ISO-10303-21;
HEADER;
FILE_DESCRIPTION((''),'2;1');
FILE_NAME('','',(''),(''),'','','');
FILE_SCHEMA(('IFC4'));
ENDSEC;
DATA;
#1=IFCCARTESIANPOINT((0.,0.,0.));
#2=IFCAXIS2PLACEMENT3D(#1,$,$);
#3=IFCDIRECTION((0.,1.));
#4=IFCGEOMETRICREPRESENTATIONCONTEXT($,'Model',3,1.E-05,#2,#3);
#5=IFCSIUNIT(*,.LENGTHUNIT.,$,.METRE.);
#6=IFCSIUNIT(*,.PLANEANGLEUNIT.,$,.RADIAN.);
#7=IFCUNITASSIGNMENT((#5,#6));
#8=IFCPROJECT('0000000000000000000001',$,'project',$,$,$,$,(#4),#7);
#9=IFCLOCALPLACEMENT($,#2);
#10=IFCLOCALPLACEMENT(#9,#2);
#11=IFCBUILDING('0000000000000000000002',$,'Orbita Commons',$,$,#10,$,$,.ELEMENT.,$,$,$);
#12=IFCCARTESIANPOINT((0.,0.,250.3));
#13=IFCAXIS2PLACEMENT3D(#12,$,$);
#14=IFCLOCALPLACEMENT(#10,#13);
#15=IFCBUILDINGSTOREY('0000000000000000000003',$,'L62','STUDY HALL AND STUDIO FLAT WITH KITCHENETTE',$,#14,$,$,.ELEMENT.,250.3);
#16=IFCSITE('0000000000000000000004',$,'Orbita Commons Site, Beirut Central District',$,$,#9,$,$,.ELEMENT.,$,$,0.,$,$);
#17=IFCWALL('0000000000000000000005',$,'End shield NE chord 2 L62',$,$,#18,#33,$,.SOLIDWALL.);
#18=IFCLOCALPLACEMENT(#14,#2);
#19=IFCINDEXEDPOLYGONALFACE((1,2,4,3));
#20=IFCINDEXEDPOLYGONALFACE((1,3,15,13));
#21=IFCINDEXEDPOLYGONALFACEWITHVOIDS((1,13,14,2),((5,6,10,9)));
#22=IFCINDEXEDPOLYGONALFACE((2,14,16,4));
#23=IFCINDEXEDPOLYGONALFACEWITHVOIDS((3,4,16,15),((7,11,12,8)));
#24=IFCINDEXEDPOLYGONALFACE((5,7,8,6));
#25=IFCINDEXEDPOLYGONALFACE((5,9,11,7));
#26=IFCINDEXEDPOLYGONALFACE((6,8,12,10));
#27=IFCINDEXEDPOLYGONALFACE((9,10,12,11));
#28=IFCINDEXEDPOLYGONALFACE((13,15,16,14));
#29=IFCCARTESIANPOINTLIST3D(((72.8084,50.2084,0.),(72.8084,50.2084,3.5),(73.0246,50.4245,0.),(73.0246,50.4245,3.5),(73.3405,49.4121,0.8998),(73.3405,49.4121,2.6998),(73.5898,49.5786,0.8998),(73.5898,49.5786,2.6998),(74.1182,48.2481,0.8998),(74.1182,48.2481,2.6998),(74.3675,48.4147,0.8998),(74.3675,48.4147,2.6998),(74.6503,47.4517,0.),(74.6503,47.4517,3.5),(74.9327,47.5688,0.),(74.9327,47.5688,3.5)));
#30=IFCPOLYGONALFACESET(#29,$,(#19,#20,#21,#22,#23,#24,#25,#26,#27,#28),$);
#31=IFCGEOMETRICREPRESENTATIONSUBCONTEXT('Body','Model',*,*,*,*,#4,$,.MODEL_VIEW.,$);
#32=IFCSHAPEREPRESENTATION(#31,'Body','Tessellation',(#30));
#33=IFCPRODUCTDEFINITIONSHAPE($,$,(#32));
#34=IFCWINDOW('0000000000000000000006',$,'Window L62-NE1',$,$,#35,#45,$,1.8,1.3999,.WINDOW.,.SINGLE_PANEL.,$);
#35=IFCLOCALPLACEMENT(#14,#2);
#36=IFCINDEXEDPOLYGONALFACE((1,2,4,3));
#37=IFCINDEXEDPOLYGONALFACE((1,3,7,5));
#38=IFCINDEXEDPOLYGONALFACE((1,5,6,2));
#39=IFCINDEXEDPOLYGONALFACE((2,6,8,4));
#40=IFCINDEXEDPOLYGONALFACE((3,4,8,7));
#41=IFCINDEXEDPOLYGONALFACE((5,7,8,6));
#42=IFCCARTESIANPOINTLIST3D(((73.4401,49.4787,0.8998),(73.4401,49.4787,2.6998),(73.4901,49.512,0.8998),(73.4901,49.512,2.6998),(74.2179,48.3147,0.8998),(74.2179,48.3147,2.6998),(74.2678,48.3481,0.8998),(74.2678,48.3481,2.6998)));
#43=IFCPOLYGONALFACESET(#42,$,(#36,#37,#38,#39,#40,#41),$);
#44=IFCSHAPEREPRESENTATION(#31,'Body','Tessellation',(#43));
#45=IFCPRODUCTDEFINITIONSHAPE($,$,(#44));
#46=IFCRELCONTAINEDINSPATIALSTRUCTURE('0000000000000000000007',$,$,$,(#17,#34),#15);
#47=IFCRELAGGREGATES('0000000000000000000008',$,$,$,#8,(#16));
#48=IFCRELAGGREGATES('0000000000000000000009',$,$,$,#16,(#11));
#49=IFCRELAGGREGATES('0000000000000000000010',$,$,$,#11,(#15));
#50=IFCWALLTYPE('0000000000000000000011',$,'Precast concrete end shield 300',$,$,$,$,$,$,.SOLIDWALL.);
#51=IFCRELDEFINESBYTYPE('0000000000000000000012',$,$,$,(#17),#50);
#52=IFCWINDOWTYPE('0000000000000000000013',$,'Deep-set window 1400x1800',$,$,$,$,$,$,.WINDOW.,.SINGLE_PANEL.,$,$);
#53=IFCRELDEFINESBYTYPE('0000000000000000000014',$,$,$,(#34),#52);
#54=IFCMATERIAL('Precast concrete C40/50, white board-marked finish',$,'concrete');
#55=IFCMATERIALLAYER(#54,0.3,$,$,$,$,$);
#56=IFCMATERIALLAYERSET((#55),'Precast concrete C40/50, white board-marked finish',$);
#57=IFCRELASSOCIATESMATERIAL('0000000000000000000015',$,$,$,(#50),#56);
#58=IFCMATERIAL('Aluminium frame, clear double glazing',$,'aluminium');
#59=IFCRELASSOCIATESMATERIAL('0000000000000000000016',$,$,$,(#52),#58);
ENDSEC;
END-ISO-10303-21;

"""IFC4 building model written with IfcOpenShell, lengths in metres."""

from ifc_helpers import new_model, si_unit, direction, frame, frame_2d, origin, place, context, subcontext, project, spatial, polyline, rectangle, outline, extrude, material, layer, layer_set, type_object, element, fill, save


model = new_model("IFC4")

# Units and contexts
model_context = context("Model", 3, precision=1e-05, world=origin(), true_north=direction((0.0, 1.0)))
body_context = subcontext(model_context, "Body", "Model", "MODEL_VIEW")
ifc_project = project(units=[si_unit("LENGTHUNIT", "METRE"), si_unit("PLANEANGLEUNIT", "RADIAN")], contexts=[model_context])

# Site, building, storey
site_placement = place(None, origin())
site = spatial("IfcSite", under=ifc_project, at=site_placement, Name="Orbita Commons Site, Beirut Central District", CompositionType="ELEMENT", RefElevation=0.0)
building_placement = place(site_placement, origin())
building = spatial("IfcBuilding", under=site, at=building_placement, Name="Orbita Commons", CompositionType="ELEMENT")
storey_placement = place(building_placement, frame((0.0, 0.0, 250.3)))
storey = spatial("IfcBuildingStorey", under=building, at=storey_placement, Name="L62", Description="STUDY HALL AND STUDIO FLAT WITH KITCHENETTE", CompositionType="ELEMENT", Elevation=250.3)

# Wall, opening, window
ifc_material_1 = material(Name="Precast concrete C40/50, white board-marked finish", Category="concrete")
ifc_layer_1 = layer(ifc_material_1, 0.3)
ifc_layer_set_1 = layer_set([ifc_layer_1], Name="Precast concrete C40/50, white board-marked finish")
wall_type_1 = type_object("IfcWallType", Name="Precast concrete end shield 300", PredefinedType="SOLIDWALL", material=ifc_layer_set_1)
wall_1_placement = place(storey_placement, frame((74.7915, 47.5103, 0.0), z_axis=(0.0, 0.0, 1.0), x_axis=(-0.555568, 0.831471, 0.0)))
wall_1 = element("IfcWall", 1, at=wall_1_placement, inside=storey, type_object=wall_type_1, Name="End shield NE chord 2 L62", PredefinedType="SOLIDWALL", context=body_context, shape_type="SweptSolid", body=[
    extrude(outline(polyline([(-0.0298, -0.1499), (3.4048, -0.1499), (3.3452, 0.1499), (0.0298, 0.1499), (-0.0298, -0.1499)])), origin(), (0.0, 0.0, 1.0), 3.5),
])
opening_1_placement = place(wall_1_placement, frame((0.9875, 0.0, 0.8999)))
opening_1 = element("IfcOpeningElement", 2, at=opening_1_placement, cuts=wall_1, PredefinedType="OPENING", context=body_context, shape_type="SweptSolid", body=[
    extrude(rectangle(XDim=1.3999, YDim=1.8, at=frame_2d((0.7, 0.8999))), frame((0.0, 0.1599, 0.0), z_axis=(0.0, -1.0, 0.0), x_axis=(1.0, 0.0, 0.0)), (0.0, 0.0, 1.0), 0.3201),
])
ifc_material_2 = material(Name="Aluminium frame, clear double glazing", Category="aluminium")
window_type = type_object("IfcWindowType", Name="Deep-set window 1400x1800", PartitioningType="SINGLE_PANEL", PredefinedType="WINDOW", material=ifc_material_2)
window_placement = place(opening_1_placement, origin())
window = element("IfcWindow", 3, at=window_placement, inside=storey, type_object=window_type, Name="Window L62-NE1", OverallHeight=1.8, OverallWidth=1.3999, PartitioningType="SINGLE_PANEL", PredefinedType="WINDOW", context=body_context, shape_type="SweptSolid", body=[
    extrude(rectangle(XDim=1.3999, YDim=1.8, at=frame_2d((0.7, 0.8999))), frame((0.0, 0.03, 0.0), z_axis=(0.0, -1.0, 0.0), x_axis=(1.0, 0.0, 0.0)), (0.0, 0.0, 1.0), 0.0601),
])
fill(opening_1, window)

save(model, "model.ifc")
